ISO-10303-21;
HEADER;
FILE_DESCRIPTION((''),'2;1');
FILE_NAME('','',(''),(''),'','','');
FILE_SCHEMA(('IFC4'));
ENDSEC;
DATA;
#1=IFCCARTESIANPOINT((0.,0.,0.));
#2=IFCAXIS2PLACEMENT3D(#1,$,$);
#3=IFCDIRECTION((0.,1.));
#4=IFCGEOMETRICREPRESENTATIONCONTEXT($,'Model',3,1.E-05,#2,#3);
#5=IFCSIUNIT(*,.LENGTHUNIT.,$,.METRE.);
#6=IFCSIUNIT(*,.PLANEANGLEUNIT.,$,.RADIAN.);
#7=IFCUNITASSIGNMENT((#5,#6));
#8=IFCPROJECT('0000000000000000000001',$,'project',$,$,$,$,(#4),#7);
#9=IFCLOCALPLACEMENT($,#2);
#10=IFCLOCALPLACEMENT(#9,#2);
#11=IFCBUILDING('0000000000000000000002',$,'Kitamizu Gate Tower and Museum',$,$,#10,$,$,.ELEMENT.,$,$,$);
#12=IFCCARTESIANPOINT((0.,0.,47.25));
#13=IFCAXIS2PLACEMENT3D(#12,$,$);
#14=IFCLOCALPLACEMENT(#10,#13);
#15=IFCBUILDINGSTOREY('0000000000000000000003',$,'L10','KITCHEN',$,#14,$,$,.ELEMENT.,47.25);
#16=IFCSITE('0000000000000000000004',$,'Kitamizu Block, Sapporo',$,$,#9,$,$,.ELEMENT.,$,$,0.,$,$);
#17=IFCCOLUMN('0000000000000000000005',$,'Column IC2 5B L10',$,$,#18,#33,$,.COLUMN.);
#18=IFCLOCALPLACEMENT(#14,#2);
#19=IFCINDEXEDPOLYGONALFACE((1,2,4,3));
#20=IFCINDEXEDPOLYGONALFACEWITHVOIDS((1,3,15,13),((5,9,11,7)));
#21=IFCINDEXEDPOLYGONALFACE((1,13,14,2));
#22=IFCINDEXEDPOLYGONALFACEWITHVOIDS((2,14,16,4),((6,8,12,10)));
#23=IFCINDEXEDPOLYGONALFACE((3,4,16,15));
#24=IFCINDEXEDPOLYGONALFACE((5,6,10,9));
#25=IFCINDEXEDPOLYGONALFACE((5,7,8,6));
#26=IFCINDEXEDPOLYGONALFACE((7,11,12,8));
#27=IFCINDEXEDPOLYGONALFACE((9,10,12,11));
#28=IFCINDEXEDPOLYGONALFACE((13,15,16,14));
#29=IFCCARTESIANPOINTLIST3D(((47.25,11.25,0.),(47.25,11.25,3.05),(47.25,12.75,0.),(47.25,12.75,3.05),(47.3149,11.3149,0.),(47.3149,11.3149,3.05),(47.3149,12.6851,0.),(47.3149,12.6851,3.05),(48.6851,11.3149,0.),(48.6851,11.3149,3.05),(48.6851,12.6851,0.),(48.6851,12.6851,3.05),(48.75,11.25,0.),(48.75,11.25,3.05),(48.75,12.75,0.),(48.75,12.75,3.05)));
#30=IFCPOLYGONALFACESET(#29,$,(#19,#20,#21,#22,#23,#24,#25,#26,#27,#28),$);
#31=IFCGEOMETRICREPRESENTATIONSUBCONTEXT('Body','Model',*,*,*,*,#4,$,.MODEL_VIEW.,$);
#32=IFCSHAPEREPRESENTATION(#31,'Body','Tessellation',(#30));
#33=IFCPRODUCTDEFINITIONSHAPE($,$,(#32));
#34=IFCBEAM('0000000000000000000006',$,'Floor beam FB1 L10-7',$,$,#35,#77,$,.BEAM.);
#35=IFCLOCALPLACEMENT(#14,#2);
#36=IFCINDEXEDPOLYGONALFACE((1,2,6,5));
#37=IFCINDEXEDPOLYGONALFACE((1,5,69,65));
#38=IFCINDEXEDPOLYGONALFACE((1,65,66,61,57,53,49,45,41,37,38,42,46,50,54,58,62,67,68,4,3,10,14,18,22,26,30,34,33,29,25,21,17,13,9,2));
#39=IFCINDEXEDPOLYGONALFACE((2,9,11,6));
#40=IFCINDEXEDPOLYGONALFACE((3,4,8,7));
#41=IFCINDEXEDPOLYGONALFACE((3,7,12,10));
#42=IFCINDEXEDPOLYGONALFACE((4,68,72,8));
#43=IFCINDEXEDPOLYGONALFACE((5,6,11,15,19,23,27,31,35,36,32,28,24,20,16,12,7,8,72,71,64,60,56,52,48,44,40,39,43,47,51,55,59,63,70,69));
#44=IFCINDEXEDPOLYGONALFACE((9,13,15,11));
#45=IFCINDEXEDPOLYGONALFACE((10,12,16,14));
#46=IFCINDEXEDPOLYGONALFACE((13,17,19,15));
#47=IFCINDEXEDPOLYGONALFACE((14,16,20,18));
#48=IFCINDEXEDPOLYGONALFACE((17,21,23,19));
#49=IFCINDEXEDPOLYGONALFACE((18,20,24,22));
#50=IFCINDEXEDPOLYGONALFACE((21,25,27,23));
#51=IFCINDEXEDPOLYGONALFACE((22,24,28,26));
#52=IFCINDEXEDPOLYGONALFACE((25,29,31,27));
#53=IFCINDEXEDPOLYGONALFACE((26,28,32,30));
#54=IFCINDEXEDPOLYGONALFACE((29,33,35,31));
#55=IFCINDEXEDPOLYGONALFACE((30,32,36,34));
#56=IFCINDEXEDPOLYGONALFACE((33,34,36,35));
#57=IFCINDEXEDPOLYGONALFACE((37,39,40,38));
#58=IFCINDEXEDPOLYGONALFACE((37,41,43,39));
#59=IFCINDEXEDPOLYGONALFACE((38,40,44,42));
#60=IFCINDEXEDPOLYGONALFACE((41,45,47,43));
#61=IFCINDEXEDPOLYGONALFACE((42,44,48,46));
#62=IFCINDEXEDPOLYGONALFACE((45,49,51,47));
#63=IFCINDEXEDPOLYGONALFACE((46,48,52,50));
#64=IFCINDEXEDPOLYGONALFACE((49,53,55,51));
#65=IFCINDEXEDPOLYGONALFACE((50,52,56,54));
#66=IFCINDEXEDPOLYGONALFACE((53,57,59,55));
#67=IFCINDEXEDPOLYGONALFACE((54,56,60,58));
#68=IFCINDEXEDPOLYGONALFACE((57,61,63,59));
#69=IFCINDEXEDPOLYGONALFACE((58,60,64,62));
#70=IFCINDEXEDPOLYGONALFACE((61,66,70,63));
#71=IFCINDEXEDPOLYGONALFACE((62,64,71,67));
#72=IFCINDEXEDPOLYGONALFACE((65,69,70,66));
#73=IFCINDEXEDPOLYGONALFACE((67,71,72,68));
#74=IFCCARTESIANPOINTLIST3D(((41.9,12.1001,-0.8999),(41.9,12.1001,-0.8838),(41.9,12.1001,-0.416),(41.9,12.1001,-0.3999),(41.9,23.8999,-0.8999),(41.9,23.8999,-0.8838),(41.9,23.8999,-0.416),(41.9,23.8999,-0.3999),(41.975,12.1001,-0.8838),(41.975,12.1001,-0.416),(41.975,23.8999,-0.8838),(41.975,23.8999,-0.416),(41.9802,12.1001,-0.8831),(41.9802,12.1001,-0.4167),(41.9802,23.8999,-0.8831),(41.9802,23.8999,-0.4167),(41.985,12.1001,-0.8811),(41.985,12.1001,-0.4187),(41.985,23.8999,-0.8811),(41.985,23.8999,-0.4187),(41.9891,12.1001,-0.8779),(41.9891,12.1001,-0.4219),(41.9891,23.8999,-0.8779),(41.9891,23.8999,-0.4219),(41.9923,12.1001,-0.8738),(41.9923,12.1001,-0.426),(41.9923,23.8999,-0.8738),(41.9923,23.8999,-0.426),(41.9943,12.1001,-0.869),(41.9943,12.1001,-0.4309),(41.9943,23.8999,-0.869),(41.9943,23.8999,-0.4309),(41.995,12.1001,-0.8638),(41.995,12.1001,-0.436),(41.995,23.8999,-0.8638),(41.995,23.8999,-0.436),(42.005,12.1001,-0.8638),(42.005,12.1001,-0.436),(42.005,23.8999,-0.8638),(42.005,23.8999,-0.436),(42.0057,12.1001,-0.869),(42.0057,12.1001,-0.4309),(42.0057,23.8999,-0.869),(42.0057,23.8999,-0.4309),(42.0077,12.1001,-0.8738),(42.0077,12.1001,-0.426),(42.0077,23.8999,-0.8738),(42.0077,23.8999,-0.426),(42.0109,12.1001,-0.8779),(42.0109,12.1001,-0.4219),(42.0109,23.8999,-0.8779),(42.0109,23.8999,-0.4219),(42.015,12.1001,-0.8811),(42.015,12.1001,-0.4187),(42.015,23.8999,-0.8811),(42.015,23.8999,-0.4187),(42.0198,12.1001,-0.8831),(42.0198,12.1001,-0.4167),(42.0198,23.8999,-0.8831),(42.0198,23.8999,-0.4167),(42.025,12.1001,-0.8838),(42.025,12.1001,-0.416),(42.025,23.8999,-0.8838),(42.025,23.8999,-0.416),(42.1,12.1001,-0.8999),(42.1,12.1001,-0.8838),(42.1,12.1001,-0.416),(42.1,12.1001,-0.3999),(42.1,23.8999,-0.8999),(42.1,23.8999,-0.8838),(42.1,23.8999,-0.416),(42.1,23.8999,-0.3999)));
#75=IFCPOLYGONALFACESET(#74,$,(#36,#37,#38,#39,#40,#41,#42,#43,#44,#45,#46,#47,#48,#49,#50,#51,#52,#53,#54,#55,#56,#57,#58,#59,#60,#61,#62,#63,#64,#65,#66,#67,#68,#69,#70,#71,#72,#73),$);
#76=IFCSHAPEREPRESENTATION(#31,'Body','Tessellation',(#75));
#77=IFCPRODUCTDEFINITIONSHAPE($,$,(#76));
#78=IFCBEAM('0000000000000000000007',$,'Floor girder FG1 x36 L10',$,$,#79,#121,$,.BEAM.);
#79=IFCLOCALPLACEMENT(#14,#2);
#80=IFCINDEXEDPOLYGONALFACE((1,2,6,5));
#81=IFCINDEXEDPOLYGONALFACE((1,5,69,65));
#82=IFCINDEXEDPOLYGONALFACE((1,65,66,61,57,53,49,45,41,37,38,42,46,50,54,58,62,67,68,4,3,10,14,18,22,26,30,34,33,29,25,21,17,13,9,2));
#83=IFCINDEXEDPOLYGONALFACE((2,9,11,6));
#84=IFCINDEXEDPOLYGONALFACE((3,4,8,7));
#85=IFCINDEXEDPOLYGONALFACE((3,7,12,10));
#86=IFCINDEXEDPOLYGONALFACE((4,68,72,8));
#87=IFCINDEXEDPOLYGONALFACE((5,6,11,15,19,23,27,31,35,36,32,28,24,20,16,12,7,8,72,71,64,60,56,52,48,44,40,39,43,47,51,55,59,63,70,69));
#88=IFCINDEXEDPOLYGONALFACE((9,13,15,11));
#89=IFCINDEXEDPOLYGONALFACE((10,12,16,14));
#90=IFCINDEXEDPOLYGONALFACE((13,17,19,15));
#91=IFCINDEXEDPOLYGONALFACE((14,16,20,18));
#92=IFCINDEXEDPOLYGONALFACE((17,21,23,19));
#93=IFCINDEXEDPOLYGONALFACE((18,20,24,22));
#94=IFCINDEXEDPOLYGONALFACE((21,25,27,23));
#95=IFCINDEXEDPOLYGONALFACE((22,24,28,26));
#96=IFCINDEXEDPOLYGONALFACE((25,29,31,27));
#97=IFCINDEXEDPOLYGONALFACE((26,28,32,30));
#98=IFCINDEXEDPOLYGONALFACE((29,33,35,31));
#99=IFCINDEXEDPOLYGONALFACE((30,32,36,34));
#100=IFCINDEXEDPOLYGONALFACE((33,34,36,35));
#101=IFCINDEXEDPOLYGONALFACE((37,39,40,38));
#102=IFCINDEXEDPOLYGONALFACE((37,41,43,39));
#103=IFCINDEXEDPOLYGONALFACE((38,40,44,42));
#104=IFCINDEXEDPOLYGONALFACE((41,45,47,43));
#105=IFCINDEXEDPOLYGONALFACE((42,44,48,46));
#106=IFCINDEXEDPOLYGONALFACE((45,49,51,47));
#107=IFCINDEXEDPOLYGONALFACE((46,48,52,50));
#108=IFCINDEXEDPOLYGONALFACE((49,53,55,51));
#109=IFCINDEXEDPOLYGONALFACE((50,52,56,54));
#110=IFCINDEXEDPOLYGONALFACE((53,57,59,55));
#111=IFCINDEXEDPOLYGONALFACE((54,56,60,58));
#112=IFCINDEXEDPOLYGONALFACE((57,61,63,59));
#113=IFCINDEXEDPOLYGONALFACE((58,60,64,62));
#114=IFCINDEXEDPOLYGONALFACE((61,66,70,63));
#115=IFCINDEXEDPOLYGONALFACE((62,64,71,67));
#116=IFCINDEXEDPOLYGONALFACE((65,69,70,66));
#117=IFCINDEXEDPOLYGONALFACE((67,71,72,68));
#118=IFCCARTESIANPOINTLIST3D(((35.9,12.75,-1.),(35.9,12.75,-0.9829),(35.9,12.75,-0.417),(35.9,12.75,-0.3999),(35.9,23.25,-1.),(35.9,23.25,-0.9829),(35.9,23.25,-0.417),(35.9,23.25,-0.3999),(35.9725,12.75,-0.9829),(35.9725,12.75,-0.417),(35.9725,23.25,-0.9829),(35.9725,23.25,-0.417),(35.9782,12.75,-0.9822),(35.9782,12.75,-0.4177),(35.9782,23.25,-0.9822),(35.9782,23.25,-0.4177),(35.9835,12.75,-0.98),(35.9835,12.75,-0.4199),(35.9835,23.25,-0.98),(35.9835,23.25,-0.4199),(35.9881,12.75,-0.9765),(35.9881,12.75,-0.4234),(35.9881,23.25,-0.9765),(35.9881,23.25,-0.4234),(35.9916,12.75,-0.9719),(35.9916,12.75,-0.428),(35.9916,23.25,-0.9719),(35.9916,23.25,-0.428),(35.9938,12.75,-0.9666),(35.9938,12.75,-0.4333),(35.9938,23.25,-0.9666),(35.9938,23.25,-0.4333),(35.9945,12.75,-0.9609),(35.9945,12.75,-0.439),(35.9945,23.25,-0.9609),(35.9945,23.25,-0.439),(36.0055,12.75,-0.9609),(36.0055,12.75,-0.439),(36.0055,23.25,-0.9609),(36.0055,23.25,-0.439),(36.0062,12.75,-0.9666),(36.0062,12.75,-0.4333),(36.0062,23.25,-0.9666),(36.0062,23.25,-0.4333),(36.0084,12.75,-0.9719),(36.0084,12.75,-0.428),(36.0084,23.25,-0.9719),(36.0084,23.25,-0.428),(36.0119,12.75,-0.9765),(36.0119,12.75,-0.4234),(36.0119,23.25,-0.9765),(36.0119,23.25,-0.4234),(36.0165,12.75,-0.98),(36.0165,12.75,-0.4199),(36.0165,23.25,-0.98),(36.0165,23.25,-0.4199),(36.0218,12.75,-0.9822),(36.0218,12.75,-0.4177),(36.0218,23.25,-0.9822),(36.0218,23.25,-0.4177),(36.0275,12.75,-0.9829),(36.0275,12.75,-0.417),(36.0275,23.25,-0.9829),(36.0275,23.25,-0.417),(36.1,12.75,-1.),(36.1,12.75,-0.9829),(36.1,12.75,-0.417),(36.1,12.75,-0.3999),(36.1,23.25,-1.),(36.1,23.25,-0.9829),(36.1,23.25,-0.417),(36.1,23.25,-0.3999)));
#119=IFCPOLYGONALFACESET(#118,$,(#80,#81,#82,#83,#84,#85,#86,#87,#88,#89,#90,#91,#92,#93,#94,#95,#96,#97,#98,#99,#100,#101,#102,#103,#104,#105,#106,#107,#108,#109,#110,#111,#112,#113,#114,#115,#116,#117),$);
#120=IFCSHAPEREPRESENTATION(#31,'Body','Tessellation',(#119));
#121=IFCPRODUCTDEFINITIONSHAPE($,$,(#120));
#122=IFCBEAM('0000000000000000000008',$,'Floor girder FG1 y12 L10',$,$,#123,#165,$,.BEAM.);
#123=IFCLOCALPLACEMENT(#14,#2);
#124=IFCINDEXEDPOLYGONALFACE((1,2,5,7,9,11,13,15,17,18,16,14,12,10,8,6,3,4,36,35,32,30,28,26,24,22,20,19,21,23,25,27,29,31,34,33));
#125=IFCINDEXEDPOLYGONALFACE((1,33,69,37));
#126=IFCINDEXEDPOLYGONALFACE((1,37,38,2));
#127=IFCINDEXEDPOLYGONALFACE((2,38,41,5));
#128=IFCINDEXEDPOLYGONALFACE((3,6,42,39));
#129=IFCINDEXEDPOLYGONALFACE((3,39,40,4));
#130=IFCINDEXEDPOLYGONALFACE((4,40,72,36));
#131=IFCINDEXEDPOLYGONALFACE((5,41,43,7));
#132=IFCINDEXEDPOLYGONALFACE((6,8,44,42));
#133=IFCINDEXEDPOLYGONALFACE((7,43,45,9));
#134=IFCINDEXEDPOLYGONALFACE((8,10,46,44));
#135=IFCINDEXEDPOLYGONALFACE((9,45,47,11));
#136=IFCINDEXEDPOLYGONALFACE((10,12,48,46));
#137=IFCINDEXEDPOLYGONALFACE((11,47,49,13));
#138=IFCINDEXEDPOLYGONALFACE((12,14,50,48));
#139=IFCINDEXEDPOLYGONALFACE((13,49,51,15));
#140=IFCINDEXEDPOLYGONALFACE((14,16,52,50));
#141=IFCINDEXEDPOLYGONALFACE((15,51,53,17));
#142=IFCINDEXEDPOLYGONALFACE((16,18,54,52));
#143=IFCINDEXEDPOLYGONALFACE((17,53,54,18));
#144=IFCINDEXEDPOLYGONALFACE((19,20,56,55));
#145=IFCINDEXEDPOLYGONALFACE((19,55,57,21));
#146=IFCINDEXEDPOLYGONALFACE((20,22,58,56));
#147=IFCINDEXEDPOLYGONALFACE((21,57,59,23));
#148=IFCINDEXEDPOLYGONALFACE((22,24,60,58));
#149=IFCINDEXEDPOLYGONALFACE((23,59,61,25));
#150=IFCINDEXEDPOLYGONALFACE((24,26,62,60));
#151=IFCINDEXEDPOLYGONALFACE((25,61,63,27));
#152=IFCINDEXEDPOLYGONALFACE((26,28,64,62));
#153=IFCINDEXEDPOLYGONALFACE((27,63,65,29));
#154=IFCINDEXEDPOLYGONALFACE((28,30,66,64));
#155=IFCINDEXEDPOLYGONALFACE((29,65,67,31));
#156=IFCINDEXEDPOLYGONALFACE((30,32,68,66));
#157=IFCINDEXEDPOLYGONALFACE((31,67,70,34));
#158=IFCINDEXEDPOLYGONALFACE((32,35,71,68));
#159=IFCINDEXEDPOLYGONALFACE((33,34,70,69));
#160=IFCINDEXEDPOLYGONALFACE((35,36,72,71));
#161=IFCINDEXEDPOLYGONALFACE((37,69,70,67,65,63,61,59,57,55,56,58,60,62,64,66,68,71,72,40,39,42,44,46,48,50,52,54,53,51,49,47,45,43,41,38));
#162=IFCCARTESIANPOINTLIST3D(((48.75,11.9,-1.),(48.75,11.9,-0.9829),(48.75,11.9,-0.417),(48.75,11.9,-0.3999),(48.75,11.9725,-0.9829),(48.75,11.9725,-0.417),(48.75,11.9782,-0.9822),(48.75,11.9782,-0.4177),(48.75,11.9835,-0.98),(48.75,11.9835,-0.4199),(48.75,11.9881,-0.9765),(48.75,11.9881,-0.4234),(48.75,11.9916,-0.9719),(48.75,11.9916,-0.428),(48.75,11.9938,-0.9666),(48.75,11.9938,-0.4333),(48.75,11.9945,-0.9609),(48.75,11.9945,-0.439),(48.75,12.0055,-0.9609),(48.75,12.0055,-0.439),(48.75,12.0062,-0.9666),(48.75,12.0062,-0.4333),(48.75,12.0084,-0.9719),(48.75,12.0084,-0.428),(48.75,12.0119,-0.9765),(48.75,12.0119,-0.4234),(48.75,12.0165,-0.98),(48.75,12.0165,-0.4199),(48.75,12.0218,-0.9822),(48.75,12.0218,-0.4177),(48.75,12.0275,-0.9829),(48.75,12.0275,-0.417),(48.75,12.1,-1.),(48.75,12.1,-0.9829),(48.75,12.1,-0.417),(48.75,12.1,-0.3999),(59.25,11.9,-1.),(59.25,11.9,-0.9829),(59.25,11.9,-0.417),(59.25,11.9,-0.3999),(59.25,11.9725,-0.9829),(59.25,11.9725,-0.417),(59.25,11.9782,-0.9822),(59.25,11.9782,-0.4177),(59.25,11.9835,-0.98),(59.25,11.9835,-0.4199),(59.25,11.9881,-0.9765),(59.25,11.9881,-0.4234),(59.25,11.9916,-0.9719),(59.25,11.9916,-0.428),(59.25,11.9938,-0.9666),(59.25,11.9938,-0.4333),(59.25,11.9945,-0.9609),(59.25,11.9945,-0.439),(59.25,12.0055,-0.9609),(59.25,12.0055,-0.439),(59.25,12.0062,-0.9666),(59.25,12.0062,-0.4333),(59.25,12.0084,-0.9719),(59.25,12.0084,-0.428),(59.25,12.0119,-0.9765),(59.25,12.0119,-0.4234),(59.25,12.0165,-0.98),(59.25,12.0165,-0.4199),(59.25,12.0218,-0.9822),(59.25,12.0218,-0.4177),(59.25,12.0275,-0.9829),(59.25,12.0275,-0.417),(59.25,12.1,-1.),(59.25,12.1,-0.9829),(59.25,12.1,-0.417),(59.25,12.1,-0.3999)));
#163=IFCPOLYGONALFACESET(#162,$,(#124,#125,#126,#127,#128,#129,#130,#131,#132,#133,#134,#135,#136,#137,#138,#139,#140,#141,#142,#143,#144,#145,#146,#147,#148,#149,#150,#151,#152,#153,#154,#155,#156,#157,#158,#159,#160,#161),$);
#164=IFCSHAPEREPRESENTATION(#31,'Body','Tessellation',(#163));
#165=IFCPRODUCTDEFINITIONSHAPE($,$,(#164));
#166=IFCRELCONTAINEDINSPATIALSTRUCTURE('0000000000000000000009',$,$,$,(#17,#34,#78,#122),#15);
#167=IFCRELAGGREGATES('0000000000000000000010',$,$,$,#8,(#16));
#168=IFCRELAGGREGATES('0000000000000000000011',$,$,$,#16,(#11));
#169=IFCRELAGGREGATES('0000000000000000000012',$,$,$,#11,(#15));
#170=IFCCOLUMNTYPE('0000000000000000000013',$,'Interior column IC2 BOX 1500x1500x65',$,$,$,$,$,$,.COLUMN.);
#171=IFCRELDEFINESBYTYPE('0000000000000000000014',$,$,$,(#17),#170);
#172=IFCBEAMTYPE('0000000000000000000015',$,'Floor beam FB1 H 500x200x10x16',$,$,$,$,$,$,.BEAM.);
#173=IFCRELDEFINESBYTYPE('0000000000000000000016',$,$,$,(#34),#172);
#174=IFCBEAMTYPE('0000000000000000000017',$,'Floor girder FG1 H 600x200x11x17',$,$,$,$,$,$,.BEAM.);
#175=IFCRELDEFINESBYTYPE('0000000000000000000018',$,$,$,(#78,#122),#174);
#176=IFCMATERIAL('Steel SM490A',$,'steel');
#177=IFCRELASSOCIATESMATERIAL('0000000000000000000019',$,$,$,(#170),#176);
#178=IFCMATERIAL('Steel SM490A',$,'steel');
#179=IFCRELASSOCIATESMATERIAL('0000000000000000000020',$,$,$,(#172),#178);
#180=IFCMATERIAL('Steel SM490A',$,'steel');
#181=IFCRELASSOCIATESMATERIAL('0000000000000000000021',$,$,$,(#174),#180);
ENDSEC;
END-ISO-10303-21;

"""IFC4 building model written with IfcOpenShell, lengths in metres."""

from ifc_helpers import new_model, si_unit, direction, frame, origin, origin_2d, place, context, subcontext, project, spatial, hollow_rectangle, i_section, extrude, material, material_profile, profile_set, type_object, element, save


model = new_model("IFC4")

# Units and contexts
model_context = context("Model", 3, precision=1e-05, world=origin(), true_north=direction((0.0, 1.0)))
body_context = subcontext(model_context, "Body", "Model", "MODEL_VIEW")
ifc_project = project(units=[si_unit("LENGTHUNIT", "METRE"), si_unit("PLANEANGLEUNIT", "RADIAN")], contexts=[model_context])

# Site, building, storey
site_placement = place(None, origin())
site = spatial("IfcSite", under=ifc_project, at=site_placement, Name="Kitamizu Block, Sapporo", CompositionType="ELEMENT", RefElevation=0.0)
building_placement = place(site_placement, origin())
building = spatial("IfcBuilding", under=site, at=building_placement, Name="Kitamizu Gate Tower and Museum", CompositionType="ELEMENT")
storey_placement = place(building_placement, frame((0.0, 0.0, 47.25)))
storey = spatial("IfcBuildingStorey", under=building, at=storey_placement, Name="L10", Description="KITCHEN", CompositionType="ELEMENT", Elevation=47.25)

# Column
ifc_material_1 = material(Name="Steel SM490A", Category="steel")
ifc_material_profile_1 = material_profile(ifc_material_1, hollow_rectangle(XDim=1.5, YDim=1.5, WallThickness=0.0649, at=origin_2d()), Name="BOX 1500x1500x65")
ifc_profile_set_1 = profile_set([ifc_material_profile_1], Name="Steel SM490A")
column_type = type_object("IfcColumnType", Name="Interior column IC2 BOX 1500x1500x65", PredefinedType="COLUMN", material=ifc_profile_set_1)
column_placement = place(storey_placement, frame((48.0, 12.0, 0.0), z_axis=(0.0, 0.0, 1.0), x_axis=(1.0, 0.0, 0.0)))
element("IfcColumn", 1, at=column_placement, inside=storey, type_object=column_type, Name="Column IC2 5B L10", PredefinedType="COLUMN", context=body_context, shape_type="SweptSolid", body=[
    extrude(hollow_rectangle(XDim=1.5, YDim=1.5, WallThickness=0.0649, at=origin_2d()), origin(), (0.0, 0.0, 1.0), 3.05),
])

# Beams
ifc_material_2 = material(Name="Steel SM490A", Category="steel")
ifc_material_profile_2 = material_profile(ifc_material_2, i_section(OverallWidth=0.2, OverallDepth=0.5, WebThickness=0.01, FlangeThickness=0.0161, FilletRadius=0.02, at=origin_2d()), Name="H-500x200x10x16")
ifc_profile_set_2 = profile_set([ifc_material_profile_2], Name="Steel SM490A")
beam_type_1 = type_object("IfcBeamType", Name="Floor beam FB1 H 500x200x10x16", PredefinedType="BEAM", material=ifc_profile_set_2)
beam_placement = place(storey_placement, frame((42.0, 12.1001, -0.6499), z_axis=(0.0, 1.0, 0.0), x_axis=(-1.0, 0.0, 0.0)))
element("IfcBeam", 2, at=beam_placement, inside=storey, type_object=beam_type_1, Name="Floor beam FB1 L10-7", PredefinedType="BEAM", context=body_context, shape_type="SweptSolid", body=[
    extrude(i_section(OverallWidth=0.2, OverallDepth=0.5, WebThickness=0.01, FlangeThickness=0.0161, FilletRadius=0.02, at=origin_2d()), origin(), (0.0, 0.0, 1.0), 11.7998),
])
ifc_material_3 = material(Name="Steel SM490A", Category="steel")
ifc_material_profile_3 = material_profile(ifc_material_3, i_section(OverallWidth=0.2, OverallDepth=0.6001, WebThickness=0.011, FlangeThickness=0.0171, FilletRadius=0.022, at=origin_2d()), Name="H-600x200x11x17")
ifc_profile_set_3 = profile_set([ifc_material_profile_3], Name="Steel SM490A")
beam_type_2 = type_object("IfcBeamType", Name="Floor girder FG1 H 600x200x11x17", PredefinedType="BEAM", material=ifc_profile_set_3)
for number, where, z_axis, x_axis, name in (
    (3, (36.0, 12.75, -0.7), (0.0, 1.0, 0.0), (-1.0, 0.0, 0.0), "Floor girder FG1 x36 L10"),
    (4, (48.75, 12.0, -0.7), (1.0, 0.0, 0.0), (0.0, 1.0, 0.0), "Floor girder FG1 y12 L10"),
):
    element("IfcBeam", number, at=place(storey_placement, frame(where, z_axis=z_axis, x_axis=x_axis)), inside=storey, type_object=beam_type_2, Name=name, PredefinedType="BEAM", context=body_context, shape_type="SweptSolid", body=[
        extrude(i_section(OverallWidth=0.2, OverallDepth=0.6001, WebThickness=0.011, FlangeThickness=0.0171, FilletRadius=0.022, at=origin_2d()), origin(), (0.0, 0.0, 1.0), 10.5),
    ])

save(model, "model.ifc")
